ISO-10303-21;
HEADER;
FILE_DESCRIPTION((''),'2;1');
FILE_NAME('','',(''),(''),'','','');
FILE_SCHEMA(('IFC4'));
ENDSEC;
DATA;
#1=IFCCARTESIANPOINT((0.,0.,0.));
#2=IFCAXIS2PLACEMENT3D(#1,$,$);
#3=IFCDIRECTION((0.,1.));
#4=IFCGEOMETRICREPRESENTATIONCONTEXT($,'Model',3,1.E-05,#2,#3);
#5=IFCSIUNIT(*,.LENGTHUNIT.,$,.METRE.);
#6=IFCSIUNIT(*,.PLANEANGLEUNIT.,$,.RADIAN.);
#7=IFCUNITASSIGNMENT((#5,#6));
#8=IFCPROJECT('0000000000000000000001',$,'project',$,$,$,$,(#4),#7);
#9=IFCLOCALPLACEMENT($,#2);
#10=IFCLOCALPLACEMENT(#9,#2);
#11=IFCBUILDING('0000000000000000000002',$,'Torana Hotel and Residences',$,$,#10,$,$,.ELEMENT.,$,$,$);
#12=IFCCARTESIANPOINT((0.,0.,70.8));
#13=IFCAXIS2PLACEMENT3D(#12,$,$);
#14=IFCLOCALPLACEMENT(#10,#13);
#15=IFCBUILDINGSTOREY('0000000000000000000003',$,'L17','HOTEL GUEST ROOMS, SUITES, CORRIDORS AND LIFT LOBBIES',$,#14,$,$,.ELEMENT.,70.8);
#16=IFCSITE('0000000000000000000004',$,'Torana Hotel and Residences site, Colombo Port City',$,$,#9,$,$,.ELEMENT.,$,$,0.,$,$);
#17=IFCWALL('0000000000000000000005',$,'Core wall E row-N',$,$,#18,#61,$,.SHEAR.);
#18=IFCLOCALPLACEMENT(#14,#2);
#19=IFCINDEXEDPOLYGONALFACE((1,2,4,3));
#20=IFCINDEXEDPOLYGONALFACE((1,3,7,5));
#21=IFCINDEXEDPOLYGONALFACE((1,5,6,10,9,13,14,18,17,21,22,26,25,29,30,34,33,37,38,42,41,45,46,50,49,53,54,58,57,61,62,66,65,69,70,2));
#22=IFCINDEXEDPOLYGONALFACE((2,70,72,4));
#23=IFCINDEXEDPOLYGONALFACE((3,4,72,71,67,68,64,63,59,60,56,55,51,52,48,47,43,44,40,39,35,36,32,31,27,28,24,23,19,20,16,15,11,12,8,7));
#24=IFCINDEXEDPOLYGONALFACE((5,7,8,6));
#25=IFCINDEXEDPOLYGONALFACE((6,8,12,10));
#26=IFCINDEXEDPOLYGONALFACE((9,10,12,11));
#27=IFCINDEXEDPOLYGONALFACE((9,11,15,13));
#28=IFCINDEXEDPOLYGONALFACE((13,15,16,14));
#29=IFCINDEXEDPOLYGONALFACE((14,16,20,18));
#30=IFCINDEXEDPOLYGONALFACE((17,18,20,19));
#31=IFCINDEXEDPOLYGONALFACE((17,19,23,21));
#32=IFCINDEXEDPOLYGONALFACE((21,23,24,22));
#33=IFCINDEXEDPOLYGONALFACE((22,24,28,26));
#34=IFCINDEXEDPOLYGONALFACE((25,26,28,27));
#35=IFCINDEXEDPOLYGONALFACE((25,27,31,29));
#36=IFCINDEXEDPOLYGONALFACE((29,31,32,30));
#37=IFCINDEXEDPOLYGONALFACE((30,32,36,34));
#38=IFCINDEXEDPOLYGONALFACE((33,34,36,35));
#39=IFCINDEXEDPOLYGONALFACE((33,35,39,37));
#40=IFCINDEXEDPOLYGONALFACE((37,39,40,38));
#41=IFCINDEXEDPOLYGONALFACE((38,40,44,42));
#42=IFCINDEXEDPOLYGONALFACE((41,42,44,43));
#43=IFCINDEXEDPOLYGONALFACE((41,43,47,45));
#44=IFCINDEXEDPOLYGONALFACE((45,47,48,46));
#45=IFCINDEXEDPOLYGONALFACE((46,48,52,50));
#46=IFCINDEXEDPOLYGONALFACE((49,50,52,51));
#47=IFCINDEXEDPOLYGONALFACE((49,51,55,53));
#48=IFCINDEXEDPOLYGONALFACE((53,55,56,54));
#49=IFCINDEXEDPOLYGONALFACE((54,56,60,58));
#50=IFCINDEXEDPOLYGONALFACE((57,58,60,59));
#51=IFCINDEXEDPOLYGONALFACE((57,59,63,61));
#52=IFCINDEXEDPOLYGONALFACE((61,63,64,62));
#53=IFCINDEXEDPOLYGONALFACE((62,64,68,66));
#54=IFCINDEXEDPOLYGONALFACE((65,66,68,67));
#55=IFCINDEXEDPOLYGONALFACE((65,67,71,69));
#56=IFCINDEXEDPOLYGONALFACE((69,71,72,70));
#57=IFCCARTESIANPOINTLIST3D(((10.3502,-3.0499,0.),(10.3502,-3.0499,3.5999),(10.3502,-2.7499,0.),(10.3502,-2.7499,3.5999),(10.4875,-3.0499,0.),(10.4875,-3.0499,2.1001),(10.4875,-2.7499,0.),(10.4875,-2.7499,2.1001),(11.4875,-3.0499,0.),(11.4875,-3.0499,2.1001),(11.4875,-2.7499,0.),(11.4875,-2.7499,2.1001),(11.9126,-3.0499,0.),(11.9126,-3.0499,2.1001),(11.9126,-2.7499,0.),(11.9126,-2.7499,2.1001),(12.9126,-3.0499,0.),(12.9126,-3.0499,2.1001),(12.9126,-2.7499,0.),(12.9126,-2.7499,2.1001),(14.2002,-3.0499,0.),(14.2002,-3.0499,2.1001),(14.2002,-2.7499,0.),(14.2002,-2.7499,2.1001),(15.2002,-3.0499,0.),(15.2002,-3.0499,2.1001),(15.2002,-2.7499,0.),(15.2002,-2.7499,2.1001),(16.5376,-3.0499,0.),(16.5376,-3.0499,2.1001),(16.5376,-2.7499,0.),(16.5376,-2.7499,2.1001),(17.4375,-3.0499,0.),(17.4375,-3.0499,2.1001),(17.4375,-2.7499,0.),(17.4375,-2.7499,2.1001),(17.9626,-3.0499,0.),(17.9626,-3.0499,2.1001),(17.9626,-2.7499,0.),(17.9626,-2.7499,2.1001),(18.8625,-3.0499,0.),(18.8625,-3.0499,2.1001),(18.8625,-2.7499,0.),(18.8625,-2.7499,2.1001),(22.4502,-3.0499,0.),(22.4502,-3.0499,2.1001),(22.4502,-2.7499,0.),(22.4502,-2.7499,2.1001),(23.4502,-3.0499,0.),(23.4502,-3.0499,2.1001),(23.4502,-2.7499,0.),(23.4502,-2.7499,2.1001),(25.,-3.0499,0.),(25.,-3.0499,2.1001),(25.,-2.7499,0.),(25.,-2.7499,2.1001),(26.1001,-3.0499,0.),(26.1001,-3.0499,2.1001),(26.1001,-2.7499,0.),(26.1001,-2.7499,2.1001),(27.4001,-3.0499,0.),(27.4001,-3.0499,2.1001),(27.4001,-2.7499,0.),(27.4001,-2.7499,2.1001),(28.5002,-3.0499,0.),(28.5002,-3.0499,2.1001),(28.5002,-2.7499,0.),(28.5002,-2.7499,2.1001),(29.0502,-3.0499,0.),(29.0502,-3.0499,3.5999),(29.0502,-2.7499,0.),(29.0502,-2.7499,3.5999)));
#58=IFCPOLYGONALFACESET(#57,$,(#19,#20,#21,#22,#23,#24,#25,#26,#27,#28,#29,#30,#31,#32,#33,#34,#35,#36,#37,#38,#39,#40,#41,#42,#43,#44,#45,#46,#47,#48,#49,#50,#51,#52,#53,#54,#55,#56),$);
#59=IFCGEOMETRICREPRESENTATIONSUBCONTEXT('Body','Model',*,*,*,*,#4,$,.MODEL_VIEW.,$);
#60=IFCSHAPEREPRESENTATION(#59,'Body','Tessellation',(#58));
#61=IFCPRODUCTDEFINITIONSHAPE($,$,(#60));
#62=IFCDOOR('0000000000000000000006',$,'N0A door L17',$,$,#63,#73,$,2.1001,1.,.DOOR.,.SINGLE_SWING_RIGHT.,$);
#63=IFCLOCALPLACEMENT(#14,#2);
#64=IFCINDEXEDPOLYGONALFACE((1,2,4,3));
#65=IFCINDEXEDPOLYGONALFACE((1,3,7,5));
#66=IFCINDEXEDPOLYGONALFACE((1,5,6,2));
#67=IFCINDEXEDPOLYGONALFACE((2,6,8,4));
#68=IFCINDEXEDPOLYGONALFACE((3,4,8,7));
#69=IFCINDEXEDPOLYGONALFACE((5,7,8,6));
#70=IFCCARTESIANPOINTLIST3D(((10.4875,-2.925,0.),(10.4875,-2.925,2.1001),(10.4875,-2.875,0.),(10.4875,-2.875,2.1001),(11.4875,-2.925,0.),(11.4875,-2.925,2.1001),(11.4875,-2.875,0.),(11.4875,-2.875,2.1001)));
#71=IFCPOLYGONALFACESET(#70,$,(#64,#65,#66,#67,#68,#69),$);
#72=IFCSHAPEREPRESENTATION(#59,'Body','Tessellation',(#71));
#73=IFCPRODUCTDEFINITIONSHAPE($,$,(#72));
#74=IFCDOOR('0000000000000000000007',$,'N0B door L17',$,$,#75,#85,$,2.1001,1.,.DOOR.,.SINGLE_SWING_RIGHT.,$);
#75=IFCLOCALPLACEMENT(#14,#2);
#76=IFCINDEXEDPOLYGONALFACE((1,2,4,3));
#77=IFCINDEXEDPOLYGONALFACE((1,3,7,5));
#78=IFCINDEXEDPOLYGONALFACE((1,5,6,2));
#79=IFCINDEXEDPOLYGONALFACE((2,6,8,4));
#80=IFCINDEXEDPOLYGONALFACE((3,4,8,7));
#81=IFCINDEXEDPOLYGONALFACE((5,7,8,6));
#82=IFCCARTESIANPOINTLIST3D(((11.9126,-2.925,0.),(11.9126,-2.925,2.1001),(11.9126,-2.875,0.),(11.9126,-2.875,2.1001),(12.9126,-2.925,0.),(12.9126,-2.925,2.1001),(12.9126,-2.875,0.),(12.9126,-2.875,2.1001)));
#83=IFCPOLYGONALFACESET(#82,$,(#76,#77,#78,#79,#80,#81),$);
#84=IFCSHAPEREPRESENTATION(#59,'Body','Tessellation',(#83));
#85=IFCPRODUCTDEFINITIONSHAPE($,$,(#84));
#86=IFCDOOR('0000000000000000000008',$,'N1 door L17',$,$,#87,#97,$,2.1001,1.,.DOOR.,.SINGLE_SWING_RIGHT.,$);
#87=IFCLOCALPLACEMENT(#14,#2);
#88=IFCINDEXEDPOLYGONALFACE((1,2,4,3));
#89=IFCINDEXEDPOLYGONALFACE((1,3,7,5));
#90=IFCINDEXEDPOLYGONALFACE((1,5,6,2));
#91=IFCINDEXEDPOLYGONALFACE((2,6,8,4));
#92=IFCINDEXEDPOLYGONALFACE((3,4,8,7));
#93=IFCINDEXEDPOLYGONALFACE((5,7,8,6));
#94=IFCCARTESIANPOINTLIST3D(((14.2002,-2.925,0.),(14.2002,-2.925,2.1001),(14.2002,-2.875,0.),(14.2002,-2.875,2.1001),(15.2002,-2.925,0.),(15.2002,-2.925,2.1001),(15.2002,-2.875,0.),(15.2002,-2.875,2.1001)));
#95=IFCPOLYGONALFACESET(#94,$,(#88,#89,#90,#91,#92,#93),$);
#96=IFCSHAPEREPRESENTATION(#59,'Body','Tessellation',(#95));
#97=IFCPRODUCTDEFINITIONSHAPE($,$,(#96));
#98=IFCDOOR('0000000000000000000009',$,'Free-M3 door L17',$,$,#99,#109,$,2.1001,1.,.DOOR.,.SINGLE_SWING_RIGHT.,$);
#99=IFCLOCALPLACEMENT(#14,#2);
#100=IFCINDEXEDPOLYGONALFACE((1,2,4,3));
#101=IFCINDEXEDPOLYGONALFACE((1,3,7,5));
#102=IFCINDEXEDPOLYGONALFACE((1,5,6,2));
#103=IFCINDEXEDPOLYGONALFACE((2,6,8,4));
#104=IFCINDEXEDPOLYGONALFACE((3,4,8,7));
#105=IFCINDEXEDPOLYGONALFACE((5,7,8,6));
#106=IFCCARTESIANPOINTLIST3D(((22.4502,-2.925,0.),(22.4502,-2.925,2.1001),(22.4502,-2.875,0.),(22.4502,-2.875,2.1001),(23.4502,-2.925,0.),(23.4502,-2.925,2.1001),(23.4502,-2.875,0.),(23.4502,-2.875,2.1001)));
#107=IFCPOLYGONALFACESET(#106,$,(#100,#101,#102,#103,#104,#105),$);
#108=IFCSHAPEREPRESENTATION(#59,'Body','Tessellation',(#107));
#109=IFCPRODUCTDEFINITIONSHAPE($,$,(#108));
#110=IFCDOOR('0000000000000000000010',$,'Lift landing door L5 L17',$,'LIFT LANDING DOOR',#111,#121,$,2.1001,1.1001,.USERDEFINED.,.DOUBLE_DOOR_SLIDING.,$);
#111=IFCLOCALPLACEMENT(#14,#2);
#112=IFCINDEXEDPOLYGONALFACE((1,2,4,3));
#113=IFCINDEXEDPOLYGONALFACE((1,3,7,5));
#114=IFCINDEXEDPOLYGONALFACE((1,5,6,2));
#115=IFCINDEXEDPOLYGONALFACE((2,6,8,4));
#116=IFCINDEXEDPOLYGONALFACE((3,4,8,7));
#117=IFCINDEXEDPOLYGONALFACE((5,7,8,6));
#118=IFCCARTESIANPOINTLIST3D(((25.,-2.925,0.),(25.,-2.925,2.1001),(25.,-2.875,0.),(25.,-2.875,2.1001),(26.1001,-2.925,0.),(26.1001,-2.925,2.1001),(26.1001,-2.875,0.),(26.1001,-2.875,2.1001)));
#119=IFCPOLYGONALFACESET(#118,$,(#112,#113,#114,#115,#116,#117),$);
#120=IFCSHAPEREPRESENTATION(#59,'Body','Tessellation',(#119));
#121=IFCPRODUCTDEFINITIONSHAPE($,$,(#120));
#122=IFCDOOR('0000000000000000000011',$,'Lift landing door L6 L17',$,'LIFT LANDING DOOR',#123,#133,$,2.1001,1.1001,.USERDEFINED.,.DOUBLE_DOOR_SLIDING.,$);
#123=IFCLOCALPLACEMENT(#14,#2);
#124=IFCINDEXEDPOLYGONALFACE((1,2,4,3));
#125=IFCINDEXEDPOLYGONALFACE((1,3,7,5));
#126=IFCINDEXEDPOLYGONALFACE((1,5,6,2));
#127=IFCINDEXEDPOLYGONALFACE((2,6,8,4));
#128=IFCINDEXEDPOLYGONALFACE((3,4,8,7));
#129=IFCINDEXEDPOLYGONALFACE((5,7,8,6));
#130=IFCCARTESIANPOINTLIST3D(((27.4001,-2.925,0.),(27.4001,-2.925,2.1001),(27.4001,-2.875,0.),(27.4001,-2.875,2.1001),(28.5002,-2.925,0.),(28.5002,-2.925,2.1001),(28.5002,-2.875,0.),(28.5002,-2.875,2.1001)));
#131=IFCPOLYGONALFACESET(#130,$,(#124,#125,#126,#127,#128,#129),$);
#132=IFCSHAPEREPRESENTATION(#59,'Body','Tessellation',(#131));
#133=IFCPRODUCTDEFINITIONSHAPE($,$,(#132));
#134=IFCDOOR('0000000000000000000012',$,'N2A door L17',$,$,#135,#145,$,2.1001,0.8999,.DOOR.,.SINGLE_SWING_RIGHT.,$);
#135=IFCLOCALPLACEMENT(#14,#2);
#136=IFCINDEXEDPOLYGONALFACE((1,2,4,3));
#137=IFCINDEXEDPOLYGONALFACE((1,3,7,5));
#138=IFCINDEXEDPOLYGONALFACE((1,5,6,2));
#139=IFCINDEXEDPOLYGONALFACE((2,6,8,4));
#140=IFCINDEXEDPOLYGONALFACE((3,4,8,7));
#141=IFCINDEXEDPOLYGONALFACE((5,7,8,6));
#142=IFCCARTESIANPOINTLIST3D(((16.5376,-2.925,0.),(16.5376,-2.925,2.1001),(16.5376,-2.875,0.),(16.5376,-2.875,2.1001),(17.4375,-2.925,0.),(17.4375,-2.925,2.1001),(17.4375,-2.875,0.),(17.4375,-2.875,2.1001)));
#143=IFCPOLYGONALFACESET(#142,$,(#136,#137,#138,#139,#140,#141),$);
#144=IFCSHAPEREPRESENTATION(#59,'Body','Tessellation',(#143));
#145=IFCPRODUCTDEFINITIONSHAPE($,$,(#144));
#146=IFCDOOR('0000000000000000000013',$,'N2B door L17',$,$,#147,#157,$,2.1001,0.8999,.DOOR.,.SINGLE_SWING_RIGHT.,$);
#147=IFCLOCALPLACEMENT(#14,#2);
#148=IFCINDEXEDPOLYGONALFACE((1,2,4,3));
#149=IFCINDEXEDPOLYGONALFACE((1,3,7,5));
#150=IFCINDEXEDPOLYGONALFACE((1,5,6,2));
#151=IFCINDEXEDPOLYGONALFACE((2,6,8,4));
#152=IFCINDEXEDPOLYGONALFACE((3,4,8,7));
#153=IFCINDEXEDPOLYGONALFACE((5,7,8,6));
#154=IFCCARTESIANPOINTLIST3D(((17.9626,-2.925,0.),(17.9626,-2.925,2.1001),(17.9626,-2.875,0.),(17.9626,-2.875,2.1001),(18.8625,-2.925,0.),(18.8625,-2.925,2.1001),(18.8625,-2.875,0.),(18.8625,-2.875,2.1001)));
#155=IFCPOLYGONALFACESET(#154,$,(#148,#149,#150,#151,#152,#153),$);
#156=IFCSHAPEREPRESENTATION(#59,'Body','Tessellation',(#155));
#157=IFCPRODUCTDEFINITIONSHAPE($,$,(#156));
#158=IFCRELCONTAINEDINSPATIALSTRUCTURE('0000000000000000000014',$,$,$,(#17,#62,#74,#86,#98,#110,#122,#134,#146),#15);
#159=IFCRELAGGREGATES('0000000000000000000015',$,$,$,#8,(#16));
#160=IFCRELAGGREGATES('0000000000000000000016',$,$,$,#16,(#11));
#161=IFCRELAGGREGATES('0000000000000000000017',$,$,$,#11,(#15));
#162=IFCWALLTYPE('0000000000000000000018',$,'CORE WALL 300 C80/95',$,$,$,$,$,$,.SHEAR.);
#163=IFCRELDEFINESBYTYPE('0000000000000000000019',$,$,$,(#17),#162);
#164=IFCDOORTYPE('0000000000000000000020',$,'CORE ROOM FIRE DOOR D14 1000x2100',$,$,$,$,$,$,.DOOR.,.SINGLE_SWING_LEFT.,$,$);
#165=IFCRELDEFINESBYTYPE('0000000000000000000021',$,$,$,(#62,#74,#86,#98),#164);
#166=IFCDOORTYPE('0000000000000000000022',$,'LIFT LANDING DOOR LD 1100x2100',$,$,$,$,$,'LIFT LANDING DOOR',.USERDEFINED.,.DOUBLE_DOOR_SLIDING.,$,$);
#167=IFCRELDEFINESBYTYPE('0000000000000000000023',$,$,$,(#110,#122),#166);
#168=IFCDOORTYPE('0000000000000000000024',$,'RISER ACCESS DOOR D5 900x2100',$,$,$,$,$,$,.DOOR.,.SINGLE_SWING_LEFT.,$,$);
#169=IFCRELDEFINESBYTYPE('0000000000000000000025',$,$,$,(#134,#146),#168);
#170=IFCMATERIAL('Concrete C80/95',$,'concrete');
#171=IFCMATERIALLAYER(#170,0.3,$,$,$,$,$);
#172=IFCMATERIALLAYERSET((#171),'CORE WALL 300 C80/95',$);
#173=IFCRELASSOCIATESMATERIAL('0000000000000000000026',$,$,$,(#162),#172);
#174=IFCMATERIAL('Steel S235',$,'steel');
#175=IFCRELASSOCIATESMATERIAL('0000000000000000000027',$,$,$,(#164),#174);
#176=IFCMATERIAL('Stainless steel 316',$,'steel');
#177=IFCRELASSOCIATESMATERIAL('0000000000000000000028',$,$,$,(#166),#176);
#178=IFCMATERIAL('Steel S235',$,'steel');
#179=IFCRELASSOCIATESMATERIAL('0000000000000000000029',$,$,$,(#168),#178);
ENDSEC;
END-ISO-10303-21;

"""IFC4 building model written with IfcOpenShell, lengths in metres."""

from ifc_helpers import new_model, si_unit, direction, frame, frame_2d, origin, place, context, subcontext, project, spatial, rectangle, extrude, material, layer, layer_set, type_object, element, fill, save


model = new_model("IFC4")

# Units and contexts
model_context = context("Model", 3, precision=1e-05, world=origin(), true_north=direction((0.0, 1.0)))
body_context = subcontext(model_context, "Body", "Model", "MODEL_VIEW")
ifc_project = project(units=[si_unit("LENGTHUNIT", "METRE"), si_unit("PLANEANGLEUNIT", "RADIAN")], contexts=[model_context])

# Site, building, storey
site_placement = place(None, origin())
site = spatial("IfcSite", under=ifc_project, at=site_placement, Name="Torana Hotel and Residences site, Colombo Port City", CompositionType="ELEMENT", RefElevation=0.0)
building_placement = place(site_placement, origin())
building = spatial("IfcBuilding", under=site, at=building_placement, Name="Torana Hotel and Residences", CompositionType="ELEMENT")
storey_placement = place(building_placement, frame((0.0, 0.0, 70.8)))
storey = spatial("IfcBuildingStorey", under=building, at=storey_placement, Name="L17", Description="HOTEL GUEST ROOMS, SUITES, CORRIDORS AND LIFT LOBBIES", CompositionType="ELEMENT", Elevation=70.8)

# Wall, openings, doors
ifc_material_1 = material(Name="Concrete C80/95", Category="concrete")
ifc_layer = layer(ifc_material_1, 0.3)
ifc_layer_set = layer_set([ifc_layer], Name="CORE WALL 300 C80/95")
wall_type = type_object("IfcWallType", Name="CORE WALL 300 C80/95", PredefinedType="SHEAR", material=ifc_layer_set)
wall_1_placement = place(storey_placement, frame((10.3501, -2.8999, 0.0), z_axis=(0.0, 0.0, 1.0), x_axis=(1.0, 0.0, 0.0)))
wall_1 = element("IfcWall", 1, at=wall_1_placement, inside=storey, type_object=wall_type, Name="Core wall E row-N", PredefinedType="SHEAR", context=body_context, shape_type="SweptSolid", body=[
    extrude(rectangle(XDim=18.7, YDim=0.3, at=frame_2d((9.3501, 0.0))), origin(), (0.0, 0.0, 1.0), 3.5999),
])
opening_1_placement = place(wall_1_placement, frame((14.6499, 0.0, 0.0)))
opening_1 = element("IfcOpeningElement", 2, at=opening_1_placement, cuts=wall_1, PredefinedType="OPENING", context=body_context, shape_type="SweptSolid", body=[
    extrude(rectangle(XDim=1.1001, YDim=2.1001, at=frame_2d((0.55, 1.05))), frame((0.0, 0.1599, 0.0), z_axis=(0.0, -1.0, 0.0), x_axis=(1.0, 0.0, 0.0)), (0.0, 0.0, 1.0), 0.3201),
])
opening_2_placement = place(wall_1_placement, frame((17.05, 0.0, 0.0)))
opening_2 = element("IfcOpeningElement", 3, at=opening_2_placement, cuts=wall_1, PredefinedType="OPENING", context=body_context, shape_type="SweptSolid", body=[
    extrude(rectangle(XDim=1.1001, YDim=2.1001, at=frame_2d((0.55, 1.05))), frame((0.0, 0.1599, 0.0), z_axis=(0.0, -1.0, 0.0), x_axis=(1.0, 0.0, 0.0)), (0.0, 0.0, 1.0), 0.3201),
])
opening_3_placement = place(wall_1_placement, frame((6.1875, 0.0, 0.0)))
opening_3 = element("IfcOpeningElement", 4, at=opening_3_placement, cuts=wall_1, PredefinedType="OPENING", context=body_context, shape_type="SweptSolid", body=[
    extrude(rectangle(XDim=0.8999, YDim=2.1001, at=frame_2d((0.45, 1.05))), frame((0.0, 0.1599, 0.0), z_axis=(0.0, -1.0, 0.0), x_axis=(1.0, 0.0, 0.0)), (0.0, 0.0, 1.0), 0.3201),
])
opening_4_placement = place(wall_1_placement, frame((7.6125, 0.0, 0.0)))
opening_4 = element("IfcOpeningElement", 5, at=opening_4_placement, cuts=wall_1, PredefinedType="OPENING", context=body_context, shape_type="SweptSolid", body=[
    extrude(rectangle(XDim=0.8999, YDim=2.1001, at=frame_2d((0.45, 1.05))), frame((0.0, 0.1599, 0.0), z_axis=(0.0, -1.0, 0.0), x_axis=(1.0, 0.0, 0.0)), (0.0, 0.0, 1.0), 0.3201),
])
opening_5_placement = place(wall_1_placement, frame((0.1375, 0.0, 0.0)))
opening_5 = element("IfcOpeningElement", 6, at=opening_5_placement, cuts=wall_1, PredefinedType="OPENING", context=body_context, shape_type="SweptSolid", body=[
    extrude(rectangle(XDim=1.0, YDim=2.1001, at=frame_2d((0.5, 1.05))), frame((0.0, 0.1599, 0.0), z_axis=(0.0, -1.0, 0.0), x_axis=(1.0, 0.0, 0.0)), (0.0, 0.0, 1.0), 0.3201),
])
opening_6_placement = place(wall_1_placement, frame((1.5625, 0.0, 0.0)))
opening_6 = element("IfcOpeningElement", 7, at=opening_6_placement, cuts=wall_1, PredefinedType="OPENING", context=body_context, shape_type="SweptSolid", body=[
    extrude(rectangle(XDim=1.0, YDim=2.1001, at=frame_2d((0.5, 1.05))), frame((0.0, 0.1599, 0.0), z_axis=(0.0, -1.0, 0.0), x_axis=(1.0, 0.0, 0.0)), (0.0, 0.0, 1.0), 0.3201),
])
opening_7_placement = place(wall_1_placement, frame((3.8501, 0.0, 0.0)))
opening_7 = element("IfcOpeningElement", 8, at=opening_7_placement, cuts=wall_1, PredefinedType="OPENING", context=body_context, shape_type="SweptSolid", body=[
    extrude(rectangle(XDim=1.0, YDim=2.1001, at=frame_2d((0.5, 1.05))), frame((0.0, 0.1599, 0.0), z_axis=(0.0, -1.0, 0.0), x_axis=(1.0, 0.0, 0.0)), (0.0, 0.0, 1.0), 0.3201),
])
opening_8_placement = place(wall_1_placement, frame((12.1001, 0.0, 0.0)))
opening_8 = element("IfcOpeningElement", 9, at=opening_8_placement, cuts=wall_1, PredefinedType="OPENING", context=body_context, shape_type="SweptSolid", body=[
    extrude(rectangle(XDim=1.0, YDim=2.1001, at=frame_2d((0.5, 1.05))), frame((0.0, 0.1599, 0.0), z_axis=(0.0, -1.0, 0.0), x_axis=(1.0, 0.0, 0.0)), (0.0, 0.0, 1.0), 0.3201),
])
ifc_material_2 = material(Name="Steel S235", Category="steel")
door_type_1 = type_object("IfcDoorType", Name="CORE ROOM FIRE DOOR D14 1000x2100", OperationType="SINGLE_SWING_LEFT", PredefinedType="DOOR", material=ifc_material_2)
door_1_placement = place(opening_5_placement, origin())
door_1 = element("IfcDoor", 10, at=door_1_placement, inside=storey, type_object=door_type_1, Name="N0A door L17", OperationType="SINGLE_SWING_RIGHT", OverallHeight=2.1001, OverallWidth=1.0, PredefinedType="DOOR", context=body_context, shape_type="SweptSolid", body=[
    extrude(rectangle(XDim=1.0, YDim=2.1001, at=frame_2d((0.5, 1.05))), frame((0.0, 0.0249, 0.0), z_axis=(0.0, -1.0, 0.0), x_axis=(1.0, 0.0, 0.0)), (0.0, 0.0, 1.0), 0.05),
])
fill(opening_5, door_1)
door_2_placement = place(opening_6_placement, origin())
door_2 = element("IfcDoor", 11, at=door_2_placement, inside=storey, type_object=door_type_1, Name="N0B door L17", OperationType="SINGLE_SWING_RIGHT", OverallHeight=2.1001, OverallWidth=1.0, PredefinedType="DOOR", context=body_context, shape_type="SweptSolid", body=[
    extrude(rectangle(XDim=1.0, YDim=2.1001, at=frame_2d((0.5, 1.05))), frame((0.0, 0.0249, 0.0), z_axis=(0.0, -1.0, 0.0), x_axis=(1.0, 0.0, 0.0)), (0.0, 0.0, 1.0), 0.05),
])
fill(opening_6, door_2)
door_3_placement = place(opening_7_placement, origin())
door_3 = element("IfcDoor", 12, at=door_3_placement, inside=storey, type_object=door_type_1, Name="N1 door L17", OperationType="SINGLE_SWING_RIGHT", OverallHeight=2.1001, OverallWidth=1.0, PredefinedType="DOOR", context=body_context, shape_type="SweptSolid", body=[
    extrude(rectangle(XDim=1.0, YDim=2.1001, at=frame_2d((0.5, 1.05))), frame((0.0, 0.0249, 0.0), z_axis=(0.0, -1.0, 0.0), x_axis=(1.0, 0.0, 0.0)), (0.0, 0.0, 1.0), 0.05),
])
fill(opening_7, door_3)
door_4_placement = place(opening_8_placement, origin())
door_4 = element("IfcDoor", 13, at=door_4_placement, inside=storey, type_object=door_type_1, Name="Free-M3 door L17", OperationType="SINGLE_SWING_RIGHT", OverallHeight=2.1001, OverallWidth=1.0, PredefinedType="DOOR", context=body_context, shape_type="SweptSolid", body=[
    extrude(rectangle(XDim=1.0, YDim=2.1001, at=frame_2d((0.5, 1.05))), frame((0.0, 0.0249, 0.0), z_axis=(0.0, -1.0, 0.0), x_axis=(1.0, 0.0, 0.0)), (0.0, 0.0, 1.0), 0.05),
])
fill(opening_8, door_4)
ifc_material_3 = material(Name="Stainless steel 316", Category="steel")
door_type_2 = type_object("IfcDoorType", Name="LIFT LANDING DOOR LD 1100x2100", ElementType="LIFT LANDING DOOR", OperationType="DOUBLE_DOOR_SLIDING", PredefinedType="USERDEFINED", material=ifc_material_3)
door_5_placement = place(opening_1_placement, origin())
door_5 = element("IfcDoor", 14, at=door_5_placement, inside=storey, type_object=door_type_2, Name="Lift landing door L5 L17", ObjectType="LIFT LANDING DOOR", OperationType="DOUBLE_DOOR_SLIDING", OverallHeight=2.1001, OverallWidth=1.1001, PredefinedType="USERDEFINED", context=body_context, shape_type="SweptSolid", body=[
    extrude(rectangle(XDim=1.1001, YDim=2.1001, at=frame_2d((0.55, 1.05))), frame((0.0, 0.0249, 0.0), z_axis=(0.0, -1.0, 0.0), x_axis=(1.0, 0.0, 0.0)), (0.0, 0.0, 1.0), 0.05),
])
fill(opening_1, door_5)
door_6_placement = place(opening_2_placement, origin())
door_6 = element("IfcDoor", 15, at=door_6_placement, inside=storey, type_object=door_type_2, Name="Lift landing door L6 L17", ObjectType="LIFT LANDING DOOR", OperationType="DOUBLE_DOOR_SLIDING", OverallHeight=2.1001, OverallWidth=1.1001, PredefinedType="USERDEFINED", context=body_context, shape_type="SweptSolid", body=[
    extrude(rectangle(XDim=1.1001, YDim=2.1001, at=frame_2d((0.55, 1.05))), frame((0.0, 0.0249, 0.0), z_axis=(0.0, -1.0, 0.0), x_axis=(1.0, 0.0, 0.0)), (0.0, 0.0, 1.0), 0.05),
])
fill(opening_2, door_6)
ifc_material_4 = material(Name="Steel S235", Category="steel")
door_type_3 = type_object("IfcDoorType", Name="RISER ACCESS DOOR D5 900x2100", OperationType="SINGLE_SWING_LEFT", PredefinedType="DOOR", material=ifc_material_4)
door_7_placement = place(opening_3_placement, origin())
door_7 = element("IfcDoor", 16, at=door_7_placement, inside=storey, type_object=door_type_3, Name="N2A door L17", OperationType="SINGLE_SWING_RIGHT", OverallHeight=2.1001, OverallWidth=0.8999, PredefinedType="DOOR", context=body_context, shape_type="SweptSolid", body=[
    extrude(rectangle(XDim=0.8999, YDim=2.1001, at=frame_2d((0.45, 1.05))), frame((0.0, 0.0249, 0.0), z_axis=(0.0, -1.0, 0.0), x_axis=(1.0, 0.0, 0.0)), (0.0, 0.0, 1.0), 0.05),
])
fill(opening_3, door_7)
door_8_placement = place(opening_4_placement, origin())
door_8 = element("IfcDoor", 17, at=door_8_placement, inside=storey, type_object=door_type_3, Name="N2B door L17", OperationType="SINGLE_SWING_RIGHT", OverallHeight=2.1001, OverallWidth=0.8999, PredefinedType="DOOR", context=body_context, shape_type="SweptSolid", body=[
    extrude(rectangle(XDim=0.8999, YDim=2.1001, at=frame_2d((0.45, 1.05))), frame((0.0, 0.0249, 0.0), z_axis=(0.0, -1.0, 0.0), x_axis=(1.0, 0.0, 0.0)), (0.0, 0.0, 1.0), 0.05),
])
fill(opening_4, door_8)

save(model, "model.ifc")
